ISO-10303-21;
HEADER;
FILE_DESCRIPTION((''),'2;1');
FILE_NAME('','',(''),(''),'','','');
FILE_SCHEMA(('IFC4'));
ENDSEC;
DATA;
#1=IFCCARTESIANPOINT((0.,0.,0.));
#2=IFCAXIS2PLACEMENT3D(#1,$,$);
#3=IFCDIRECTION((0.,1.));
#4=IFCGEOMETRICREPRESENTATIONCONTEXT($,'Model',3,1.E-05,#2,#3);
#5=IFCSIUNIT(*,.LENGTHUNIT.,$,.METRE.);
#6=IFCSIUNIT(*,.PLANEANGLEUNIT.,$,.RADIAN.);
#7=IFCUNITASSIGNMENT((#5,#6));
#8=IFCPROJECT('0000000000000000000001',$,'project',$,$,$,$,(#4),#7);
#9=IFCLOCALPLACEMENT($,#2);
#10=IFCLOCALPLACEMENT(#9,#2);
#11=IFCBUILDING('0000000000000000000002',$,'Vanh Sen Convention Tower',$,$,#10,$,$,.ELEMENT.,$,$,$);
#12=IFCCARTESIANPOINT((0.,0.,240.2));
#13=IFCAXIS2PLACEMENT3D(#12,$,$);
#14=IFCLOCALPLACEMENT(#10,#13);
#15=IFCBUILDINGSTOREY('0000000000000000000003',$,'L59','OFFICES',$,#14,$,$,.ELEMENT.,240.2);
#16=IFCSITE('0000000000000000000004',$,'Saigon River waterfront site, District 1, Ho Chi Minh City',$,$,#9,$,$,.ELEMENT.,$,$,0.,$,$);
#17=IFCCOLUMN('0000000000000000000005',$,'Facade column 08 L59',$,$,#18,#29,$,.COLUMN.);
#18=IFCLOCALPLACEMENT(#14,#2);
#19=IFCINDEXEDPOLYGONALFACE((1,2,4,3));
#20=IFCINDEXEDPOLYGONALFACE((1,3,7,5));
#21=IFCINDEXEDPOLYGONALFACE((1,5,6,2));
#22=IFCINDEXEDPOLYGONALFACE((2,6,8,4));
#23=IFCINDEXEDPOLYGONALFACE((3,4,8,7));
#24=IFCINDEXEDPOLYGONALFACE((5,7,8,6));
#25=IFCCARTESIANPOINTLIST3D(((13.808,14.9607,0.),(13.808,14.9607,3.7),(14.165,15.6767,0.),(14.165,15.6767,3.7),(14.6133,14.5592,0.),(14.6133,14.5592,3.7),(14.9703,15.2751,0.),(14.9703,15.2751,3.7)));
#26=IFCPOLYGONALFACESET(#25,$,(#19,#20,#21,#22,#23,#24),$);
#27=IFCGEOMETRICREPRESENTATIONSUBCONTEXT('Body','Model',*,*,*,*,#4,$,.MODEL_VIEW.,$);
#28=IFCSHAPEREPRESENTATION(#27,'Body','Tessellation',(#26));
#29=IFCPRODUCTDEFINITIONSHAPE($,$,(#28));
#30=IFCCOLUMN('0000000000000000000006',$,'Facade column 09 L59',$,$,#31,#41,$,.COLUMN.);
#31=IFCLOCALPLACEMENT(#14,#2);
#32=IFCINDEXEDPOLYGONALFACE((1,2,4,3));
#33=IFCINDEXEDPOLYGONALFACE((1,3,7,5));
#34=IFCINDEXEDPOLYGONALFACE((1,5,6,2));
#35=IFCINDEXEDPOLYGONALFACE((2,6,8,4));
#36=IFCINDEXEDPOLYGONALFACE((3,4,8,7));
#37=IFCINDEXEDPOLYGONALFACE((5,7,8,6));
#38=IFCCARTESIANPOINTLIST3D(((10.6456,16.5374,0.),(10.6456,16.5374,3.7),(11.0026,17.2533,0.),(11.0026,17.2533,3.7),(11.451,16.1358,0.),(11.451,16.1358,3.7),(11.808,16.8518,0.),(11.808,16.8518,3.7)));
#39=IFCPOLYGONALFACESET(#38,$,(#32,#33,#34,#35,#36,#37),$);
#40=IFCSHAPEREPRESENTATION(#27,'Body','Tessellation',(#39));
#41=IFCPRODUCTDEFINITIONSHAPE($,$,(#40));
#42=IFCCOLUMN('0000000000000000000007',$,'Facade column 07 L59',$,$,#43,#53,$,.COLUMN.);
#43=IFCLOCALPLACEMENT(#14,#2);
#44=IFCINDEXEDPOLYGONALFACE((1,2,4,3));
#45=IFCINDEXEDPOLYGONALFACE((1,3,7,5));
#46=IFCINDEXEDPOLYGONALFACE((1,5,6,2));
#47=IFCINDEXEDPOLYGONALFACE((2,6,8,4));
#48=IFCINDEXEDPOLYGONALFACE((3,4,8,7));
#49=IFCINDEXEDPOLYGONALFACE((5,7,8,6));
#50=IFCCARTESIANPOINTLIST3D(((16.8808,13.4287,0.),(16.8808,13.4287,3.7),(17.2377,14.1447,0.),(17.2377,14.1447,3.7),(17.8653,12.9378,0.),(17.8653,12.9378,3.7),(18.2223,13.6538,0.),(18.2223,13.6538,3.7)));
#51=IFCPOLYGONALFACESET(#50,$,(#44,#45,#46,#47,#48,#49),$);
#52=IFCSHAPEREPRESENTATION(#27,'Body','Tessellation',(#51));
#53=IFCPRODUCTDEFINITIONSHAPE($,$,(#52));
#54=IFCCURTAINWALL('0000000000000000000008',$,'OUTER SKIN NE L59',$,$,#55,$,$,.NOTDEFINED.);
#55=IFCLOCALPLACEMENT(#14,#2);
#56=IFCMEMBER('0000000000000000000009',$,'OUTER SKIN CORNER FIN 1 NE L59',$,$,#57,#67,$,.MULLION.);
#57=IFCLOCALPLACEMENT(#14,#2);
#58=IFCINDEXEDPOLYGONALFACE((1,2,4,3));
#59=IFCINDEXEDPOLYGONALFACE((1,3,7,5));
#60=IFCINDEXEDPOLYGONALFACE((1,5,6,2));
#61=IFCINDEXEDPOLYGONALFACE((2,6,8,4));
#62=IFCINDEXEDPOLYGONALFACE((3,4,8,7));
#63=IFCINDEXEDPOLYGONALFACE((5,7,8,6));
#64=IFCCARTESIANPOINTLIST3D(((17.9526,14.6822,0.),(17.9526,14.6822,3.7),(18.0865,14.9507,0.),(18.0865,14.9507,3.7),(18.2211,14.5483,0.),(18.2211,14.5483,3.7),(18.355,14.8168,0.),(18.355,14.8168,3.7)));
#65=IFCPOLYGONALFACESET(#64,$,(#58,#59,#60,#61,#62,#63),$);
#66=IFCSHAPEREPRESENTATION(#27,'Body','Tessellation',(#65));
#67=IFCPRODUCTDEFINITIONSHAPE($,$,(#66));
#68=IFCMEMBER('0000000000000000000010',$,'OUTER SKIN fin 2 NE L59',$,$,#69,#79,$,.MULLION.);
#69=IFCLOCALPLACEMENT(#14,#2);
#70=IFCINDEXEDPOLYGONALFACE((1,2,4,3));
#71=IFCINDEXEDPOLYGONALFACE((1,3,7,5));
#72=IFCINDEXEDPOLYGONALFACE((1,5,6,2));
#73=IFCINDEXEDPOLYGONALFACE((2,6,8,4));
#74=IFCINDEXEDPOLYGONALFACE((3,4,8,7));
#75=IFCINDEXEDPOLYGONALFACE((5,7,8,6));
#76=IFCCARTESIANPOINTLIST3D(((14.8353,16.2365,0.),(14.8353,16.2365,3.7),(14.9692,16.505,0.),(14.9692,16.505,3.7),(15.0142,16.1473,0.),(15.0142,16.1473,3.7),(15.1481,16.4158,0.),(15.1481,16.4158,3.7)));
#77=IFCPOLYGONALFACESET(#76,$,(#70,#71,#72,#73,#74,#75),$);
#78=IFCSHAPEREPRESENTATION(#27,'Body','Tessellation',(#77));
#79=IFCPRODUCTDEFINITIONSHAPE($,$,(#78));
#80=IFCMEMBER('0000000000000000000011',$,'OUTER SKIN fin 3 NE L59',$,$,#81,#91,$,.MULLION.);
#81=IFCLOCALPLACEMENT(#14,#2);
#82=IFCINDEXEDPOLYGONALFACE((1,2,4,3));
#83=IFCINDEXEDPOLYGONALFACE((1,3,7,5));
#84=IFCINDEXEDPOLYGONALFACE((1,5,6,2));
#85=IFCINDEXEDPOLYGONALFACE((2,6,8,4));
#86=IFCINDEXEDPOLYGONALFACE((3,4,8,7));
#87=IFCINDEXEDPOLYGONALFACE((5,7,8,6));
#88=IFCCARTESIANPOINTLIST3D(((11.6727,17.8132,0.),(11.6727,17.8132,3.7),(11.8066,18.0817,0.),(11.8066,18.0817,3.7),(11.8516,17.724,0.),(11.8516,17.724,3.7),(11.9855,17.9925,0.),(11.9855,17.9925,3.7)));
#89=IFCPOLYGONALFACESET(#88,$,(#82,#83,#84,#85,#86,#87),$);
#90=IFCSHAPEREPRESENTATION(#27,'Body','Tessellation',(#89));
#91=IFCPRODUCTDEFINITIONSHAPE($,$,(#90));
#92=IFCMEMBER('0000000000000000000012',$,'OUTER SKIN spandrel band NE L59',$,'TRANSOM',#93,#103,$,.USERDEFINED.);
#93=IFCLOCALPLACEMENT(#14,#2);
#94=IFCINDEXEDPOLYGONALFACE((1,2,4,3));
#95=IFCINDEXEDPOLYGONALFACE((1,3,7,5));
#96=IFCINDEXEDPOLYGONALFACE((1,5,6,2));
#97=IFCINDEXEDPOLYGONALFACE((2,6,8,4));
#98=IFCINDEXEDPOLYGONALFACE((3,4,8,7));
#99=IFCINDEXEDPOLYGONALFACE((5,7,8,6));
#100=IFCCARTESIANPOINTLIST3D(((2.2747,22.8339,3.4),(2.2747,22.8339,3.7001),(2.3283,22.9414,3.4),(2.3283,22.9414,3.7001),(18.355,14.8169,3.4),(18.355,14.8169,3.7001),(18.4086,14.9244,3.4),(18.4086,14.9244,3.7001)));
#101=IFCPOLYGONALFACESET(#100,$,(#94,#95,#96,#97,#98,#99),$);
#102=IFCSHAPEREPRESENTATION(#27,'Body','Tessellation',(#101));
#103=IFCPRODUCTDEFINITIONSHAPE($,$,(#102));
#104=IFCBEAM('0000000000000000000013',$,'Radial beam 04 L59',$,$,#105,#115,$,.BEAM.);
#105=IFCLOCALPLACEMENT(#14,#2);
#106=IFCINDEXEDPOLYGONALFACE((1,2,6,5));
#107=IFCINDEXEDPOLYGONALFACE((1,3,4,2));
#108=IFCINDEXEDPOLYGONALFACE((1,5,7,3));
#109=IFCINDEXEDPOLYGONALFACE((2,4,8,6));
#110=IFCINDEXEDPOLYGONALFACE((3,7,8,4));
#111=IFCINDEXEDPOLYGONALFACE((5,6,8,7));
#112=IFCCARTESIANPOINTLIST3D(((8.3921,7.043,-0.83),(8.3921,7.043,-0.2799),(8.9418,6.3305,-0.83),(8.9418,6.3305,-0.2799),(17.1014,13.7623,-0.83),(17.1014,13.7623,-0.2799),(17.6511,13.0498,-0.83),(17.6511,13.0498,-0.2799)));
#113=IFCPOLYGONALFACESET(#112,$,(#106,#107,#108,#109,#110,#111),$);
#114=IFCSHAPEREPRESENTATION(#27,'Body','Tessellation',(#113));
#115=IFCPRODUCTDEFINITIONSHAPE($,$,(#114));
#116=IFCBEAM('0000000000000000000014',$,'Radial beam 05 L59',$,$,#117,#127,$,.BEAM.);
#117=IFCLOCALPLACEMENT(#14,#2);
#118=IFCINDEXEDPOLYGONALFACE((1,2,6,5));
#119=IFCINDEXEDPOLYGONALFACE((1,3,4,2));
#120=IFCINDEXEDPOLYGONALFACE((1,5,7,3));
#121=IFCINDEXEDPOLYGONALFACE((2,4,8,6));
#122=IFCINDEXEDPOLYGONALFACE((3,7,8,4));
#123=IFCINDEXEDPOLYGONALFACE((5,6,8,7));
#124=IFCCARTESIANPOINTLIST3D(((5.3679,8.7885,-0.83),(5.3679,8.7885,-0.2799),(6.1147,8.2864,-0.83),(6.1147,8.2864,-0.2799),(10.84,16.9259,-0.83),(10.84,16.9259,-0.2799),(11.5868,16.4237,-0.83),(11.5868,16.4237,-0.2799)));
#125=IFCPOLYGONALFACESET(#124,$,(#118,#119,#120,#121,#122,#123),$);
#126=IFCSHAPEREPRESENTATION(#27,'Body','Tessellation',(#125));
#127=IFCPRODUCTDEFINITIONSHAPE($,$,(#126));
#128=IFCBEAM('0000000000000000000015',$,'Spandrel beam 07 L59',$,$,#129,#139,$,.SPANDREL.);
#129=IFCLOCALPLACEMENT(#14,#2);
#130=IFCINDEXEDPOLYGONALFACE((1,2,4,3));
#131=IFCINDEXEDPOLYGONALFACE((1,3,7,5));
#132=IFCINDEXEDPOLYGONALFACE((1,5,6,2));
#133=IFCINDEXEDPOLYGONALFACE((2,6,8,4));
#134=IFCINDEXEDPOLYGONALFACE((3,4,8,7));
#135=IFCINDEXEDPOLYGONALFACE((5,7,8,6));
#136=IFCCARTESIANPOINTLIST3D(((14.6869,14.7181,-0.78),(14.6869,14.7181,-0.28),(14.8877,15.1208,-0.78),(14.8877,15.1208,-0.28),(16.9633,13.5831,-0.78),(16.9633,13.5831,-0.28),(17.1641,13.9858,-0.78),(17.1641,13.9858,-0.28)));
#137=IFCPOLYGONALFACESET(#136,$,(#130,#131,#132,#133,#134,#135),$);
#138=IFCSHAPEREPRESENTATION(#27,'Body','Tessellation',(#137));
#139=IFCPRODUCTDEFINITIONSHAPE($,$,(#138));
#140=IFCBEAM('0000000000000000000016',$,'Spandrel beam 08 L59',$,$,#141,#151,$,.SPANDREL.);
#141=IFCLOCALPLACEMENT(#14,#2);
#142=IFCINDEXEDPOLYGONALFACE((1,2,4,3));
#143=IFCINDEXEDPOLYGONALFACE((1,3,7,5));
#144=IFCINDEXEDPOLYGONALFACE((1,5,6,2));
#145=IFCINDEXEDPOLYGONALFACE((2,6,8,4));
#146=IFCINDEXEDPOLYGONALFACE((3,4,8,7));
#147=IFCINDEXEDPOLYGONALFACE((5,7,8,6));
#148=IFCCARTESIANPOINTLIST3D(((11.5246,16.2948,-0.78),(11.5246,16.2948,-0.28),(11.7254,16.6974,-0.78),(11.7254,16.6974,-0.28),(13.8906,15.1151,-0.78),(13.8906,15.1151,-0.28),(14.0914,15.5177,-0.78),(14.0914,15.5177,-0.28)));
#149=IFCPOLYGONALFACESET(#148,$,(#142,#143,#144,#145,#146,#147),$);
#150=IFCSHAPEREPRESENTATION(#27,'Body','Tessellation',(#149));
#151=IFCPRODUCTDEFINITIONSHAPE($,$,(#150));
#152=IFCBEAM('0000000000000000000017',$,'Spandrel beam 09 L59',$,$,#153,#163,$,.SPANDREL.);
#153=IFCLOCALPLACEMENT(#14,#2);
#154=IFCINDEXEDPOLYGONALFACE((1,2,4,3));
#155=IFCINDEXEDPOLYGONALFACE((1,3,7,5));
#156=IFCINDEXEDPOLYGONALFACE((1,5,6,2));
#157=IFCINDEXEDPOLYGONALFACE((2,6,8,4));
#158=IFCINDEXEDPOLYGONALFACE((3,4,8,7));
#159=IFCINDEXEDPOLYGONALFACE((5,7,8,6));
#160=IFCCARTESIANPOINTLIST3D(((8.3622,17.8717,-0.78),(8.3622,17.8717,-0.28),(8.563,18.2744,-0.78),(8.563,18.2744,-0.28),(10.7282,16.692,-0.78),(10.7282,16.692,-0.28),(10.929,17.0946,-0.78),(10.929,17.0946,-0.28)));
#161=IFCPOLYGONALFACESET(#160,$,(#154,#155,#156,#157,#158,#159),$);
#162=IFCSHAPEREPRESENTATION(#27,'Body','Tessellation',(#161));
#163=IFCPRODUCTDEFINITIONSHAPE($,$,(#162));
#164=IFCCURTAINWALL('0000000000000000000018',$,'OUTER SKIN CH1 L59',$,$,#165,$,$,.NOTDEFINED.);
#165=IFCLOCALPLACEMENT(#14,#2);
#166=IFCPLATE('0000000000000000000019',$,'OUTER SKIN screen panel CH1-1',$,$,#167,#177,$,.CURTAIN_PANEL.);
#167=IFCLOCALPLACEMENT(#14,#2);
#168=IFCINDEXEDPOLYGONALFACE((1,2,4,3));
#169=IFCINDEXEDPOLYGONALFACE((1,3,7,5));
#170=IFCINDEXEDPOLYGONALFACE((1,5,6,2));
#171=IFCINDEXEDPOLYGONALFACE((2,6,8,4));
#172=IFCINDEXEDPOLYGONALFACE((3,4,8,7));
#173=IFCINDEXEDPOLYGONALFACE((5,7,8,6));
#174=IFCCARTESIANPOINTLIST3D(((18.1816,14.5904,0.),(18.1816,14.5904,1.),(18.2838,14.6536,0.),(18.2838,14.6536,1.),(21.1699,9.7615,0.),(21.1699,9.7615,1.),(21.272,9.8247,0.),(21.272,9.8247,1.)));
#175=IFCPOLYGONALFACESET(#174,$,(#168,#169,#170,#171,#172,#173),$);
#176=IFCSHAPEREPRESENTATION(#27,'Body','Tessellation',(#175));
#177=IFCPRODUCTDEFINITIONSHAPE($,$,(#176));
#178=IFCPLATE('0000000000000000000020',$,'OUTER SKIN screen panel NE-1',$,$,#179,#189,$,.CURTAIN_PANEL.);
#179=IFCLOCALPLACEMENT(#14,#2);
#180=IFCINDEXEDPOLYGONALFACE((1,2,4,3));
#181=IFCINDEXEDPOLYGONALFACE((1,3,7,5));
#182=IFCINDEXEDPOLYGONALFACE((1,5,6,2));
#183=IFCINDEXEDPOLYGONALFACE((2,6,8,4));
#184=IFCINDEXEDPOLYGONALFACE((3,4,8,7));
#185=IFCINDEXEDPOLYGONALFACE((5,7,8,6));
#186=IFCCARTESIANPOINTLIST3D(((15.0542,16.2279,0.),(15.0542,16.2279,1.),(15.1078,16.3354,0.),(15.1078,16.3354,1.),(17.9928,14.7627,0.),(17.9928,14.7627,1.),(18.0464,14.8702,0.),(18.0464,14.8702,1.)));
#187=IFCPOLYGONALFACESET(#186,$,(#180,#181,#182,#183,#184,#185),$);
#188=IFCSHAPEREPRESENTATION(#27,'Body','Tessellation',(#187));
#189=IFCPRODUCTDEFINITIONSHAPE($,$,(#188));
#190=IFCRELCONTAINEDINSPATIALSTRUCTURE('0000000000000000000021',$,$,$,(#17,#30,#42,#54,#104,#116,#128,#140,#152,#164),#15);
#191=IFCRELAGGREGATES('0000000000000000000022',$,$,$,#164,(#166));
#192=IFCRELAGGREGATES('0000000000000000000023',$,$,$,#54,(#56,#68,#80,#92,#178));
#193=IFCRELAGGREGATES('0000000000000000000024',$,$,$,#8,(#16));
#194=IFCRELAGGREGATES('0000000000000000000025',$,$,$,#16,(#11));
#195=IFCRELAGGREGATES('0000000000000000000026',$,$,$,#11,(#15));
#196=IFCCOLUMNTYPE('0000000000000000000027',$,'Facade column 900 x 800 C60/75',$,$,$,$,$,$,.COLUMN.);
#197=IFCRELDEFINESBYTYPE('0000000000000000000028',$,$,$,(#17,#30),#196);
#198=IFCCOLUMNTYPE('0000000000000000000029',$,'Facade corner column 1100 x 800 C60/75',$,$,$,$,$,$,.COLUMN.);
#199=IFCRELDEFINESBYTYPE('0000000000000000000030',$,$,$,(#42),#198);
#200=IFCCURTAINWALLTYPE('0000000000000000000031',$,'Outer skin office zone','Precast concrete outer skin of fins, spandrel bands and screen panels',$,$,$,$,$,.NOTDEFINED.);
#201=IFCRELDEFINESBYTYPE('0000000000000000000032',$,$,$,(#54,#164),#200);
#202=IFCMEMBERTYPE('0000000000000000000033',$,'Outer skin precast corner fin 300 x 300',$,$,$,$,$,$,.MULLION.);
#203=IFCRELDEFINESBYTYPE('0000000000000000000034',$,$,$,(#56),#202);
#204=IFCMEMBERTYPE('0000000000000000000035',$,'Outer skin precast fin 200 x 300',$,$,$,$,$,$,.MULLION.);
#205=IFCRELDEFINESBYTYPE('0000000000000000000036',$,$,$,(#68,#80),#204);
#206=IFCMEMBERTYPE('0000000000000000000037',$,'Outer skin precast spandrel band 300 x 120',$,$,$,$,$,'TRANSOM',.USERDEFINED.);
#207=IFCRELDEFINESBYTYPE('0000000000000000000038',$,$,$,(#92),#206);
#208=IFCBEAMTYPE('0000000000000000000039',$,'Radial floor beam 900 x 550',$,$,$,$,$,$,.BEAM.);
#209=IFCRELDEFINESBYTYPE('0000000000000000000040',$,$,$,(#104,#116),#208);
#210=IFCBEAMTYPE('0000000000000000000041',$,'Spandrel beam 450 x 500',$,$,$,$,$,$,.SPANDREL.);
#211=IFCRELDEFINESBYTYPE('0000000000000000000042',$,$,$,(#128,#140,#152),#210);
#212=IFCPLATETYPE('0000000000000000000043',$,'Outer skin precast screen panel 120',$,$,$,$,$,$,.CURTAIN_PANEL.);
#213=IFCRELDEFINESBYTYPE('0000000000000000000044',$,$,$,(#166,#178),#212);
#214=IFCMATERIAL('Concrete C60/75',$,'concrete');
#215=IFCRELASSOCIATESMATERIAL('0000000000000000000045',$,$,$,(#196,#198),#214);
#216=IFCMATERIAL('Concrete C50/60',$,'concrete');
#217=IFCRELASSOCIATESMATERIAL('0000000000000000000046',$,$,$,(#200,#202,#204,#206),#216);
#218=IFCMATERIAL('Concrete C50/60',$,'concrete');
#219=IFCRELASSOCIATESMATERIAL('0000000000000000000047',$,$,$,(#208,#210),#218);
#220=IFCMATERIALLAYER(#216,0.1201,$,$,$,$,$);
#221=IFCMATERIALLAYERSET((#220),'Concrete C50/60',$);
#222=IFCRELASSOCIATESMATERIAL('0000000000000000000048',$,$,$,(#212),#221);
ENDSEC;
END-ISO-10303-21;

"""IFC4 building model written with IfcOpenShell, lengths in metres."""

from ifc_helpers import new_model, si_unit, direction, frame, origin, origin_2d, place, context, subcontext, project, spatial, rectangle, extrude, material, layer, layer_set, material_profile, profile_set, type_object, element, aggregate, save


model = new_model("IFC4")

# Units and contexts
model_context = context("Model", 3, precision=1e-05, world=origin(), true_north=direction((0.0, 1.0)))
body_context = subcontext(model_context, "Body", "Model", "MODEL_VIEW")
ifc_project = project(units=[si_unit("LENGTHUNIT", "METRE"), si_unit("PLANEANGLEUNIT", "RADIAN")], contexts=[model_context])

# Site, building, storey
site_placement = place(None, origin())
site = spatial("IfcSite", under=ifc_project, at=site_placement, Name="Saigon River waterfront site, District 1, Ho Chi Minh City", CompositionType="ELEMENT", RefElevation=0.0)
building_placement = place(site_placement, origin())
building = spatial("IfcBuilding", under=site, at=building_placement, Name="Vanh Sen Convention Tower", CompositionType="ELEMENT")
storey_placement = place(building_placement, frame((0.0, 0.0, 240.2)))
storey = spatial("IfcBuildingStorey", under=building, at=storey_placement, Name="L59", Description="OFFICES", CompositionType="ELEMENT", Elevation=240.2)

# Columns
ifc_material_1 = material(Name="Concrete C60/75", Category="concrete")
ifc_material_profile_1 = material_profile(ifc_material_1, rectangle(XDim=0.8999, YDim=0.8, at=origin_2d()), Name="RC 900X800")
ifc_profile_set_1 = profile_set([ifc_material_profile_1], Name="Concrete C60/75")
column_type_1 = type_object("IfcColumnType", Name="Facade column 900 x 800 C60/75", PredefinedType="COLUMN", material=ifc_profile_set_1)
for number, where, z_axis, x_axis, name in (
    (1, (14.3892, 15.1179, 0.0), (0.0, 0.0, 1.0), (-0.894934, 0.446198, 0.0), "Facade column 08 L59"),
    (2, (11.2268, 16.6946, 0.0), (0.0, 0.0, 1.0), (-0.894934, 0.446198, 0.0), "Facade column 09 L59"),
):
    element("IfcColumn", number, at=place(storey_placement, frame(where, z_axis=z_axis, x_axis=x_axis)), inside=storey, type_object=column_type_1, Name=name, PredefinedType="COLUMN", context=body_context, shape_type="SweptSolid", body=[
        extrude(rectangle(XDim=0.8999, YDim=0.8, at=origin_2d()), origin(), (0.0, 0.0, 1.0), 3.7),
    ])
ifc_material_profile_2 = material_profile(ifc_material_1, rectangle(XDim=1.1001, YDim=0.8, at=origin_2d()), Name="RC 1100X800")
ifc_profile_set_2 = profile_set([ifc_material_profile_2], Name="Concrete C60/75")
column_type_2 = type_object("IfcColumnType", Name="Facade corner column 1100 x 800 C60/75", PredefinedType="COLUMN", material=ifc_profile_set_2)
column_placement = place(storey_placement, frame((17.5515, 13.5413, 0.0), z_axis=(0.0, 0.0, 1.0), x_axis=(-0.894934, 0.446198, 0.0)))
element("IfcColumn", 3, at=column_placement, inside=storey, type_object=column_type_2, Name="Facade column 07 L59", PredefinedType="COLUMN", context=body_context, shape_type="SweptSolid", body=[
    extrude(rectangle(XDim=1.1001, YDim=0.8, at=origin_2d()), origin(), (0.0, 0.0, 1.0), 3.7),
])

# Curtain wall, members
ifc_material_2 = material(Name="Concrete C50/60", Category="concrete")
curtain_wall_type = type_object("IfcCurtainWallType", Name="Outer skin office zone", Description="Precast concrete outer skin of fins, spandrel bands and screen panels", PredefinedType="NOTDEFINED", material=ifc_material_2)
curtain_wall_1_placement = place(storey_placement, origin())
curtain_wall_1 = element("IfcCurtainWall", 4, at=curtain_wall_1_placement, inside=storey, type_object=curtain_wall_type, Name="OUTER SKIN NE L59", PredefinedType="NOTDEFINED")
ifc_material_profile_3 = material_profile(ifc_material_2, rectangle(XDim=0.3, YDim=0.3, at=origin_2d()), Name="Outer skin precast corner fin 300 x 300")
ifc_profile_set_3 = profile_set([ifc_material_profile_3], Name="Concrete C50/60")
member_type_1 = type_object("IfcMemberType", Name="Outer skin precast corner fin 300 x 300", PredefinedType="MULLION", material=ifc_profile_set_3)
member_1_placement = place(storey_placement, frame((18.1538, 14.7495, 0.0), z_axis=(0.0, 0.0, 1.0), x_axis=(-0.894934, 0.446198, 0.0)))
member_1 = element("IfcMember", 5, at=member_1_placement, type_object=member_type_1, Name="OUTER SKIN CORNER FIN 1 NE L59", PredefinedType="MULLION", context=body_context, shape_type="SweptSolid", body=[
    extrude(rectangle(XDim=0.3, YDim=0.3, at=origin_2d()), origin(), (0.0, 0.0, 1.0), 3.7),
])
ifc_material_profile_4 = material_profile(ifc_material_2, rectangle(XDim=0.2, YDim=0.3, at=origin_2d()), Name="Outer skin precast fin 200 x 300")
ifc_profile_set_4 = profile_set([ifc_material_profile_4], Name="Concrete C50/60")
member_type_2 = type_object("IfcMemberType", Name="Outer skin precast fin 200 x 300", PredefinedType="MULLION", material=ifc_profile_set_4)
member_2_placement = place(storey_placement, frame((14.9917, 16.3262, 0.0), z_axis=(0.0, 0.0, 1.0), x_axis=(-0.894934, 0.446198, 0.0)))
member_2 = element("IfcMember", 6, at=member_2_placement, type_object=member_type_2, Name="OUTER SKIN fin 2 NE L59", PredefinedType="MULLION", context=body_context, shape_type="SweptSolid", body=[
    extrude(rectangle(XDim=0.2, YDim=0.3, at=origin_2d()), origin(), (0.0, 0.0, 1.0), 3.7),
])
member_3_placement = place(storey_placement, frame((11.8291, 17.9028, 0.0), z_axis=(0.0, 0.0, 1.0), x_axis=(-0.894934, 0.446198, 0.0)))
member_3 = element("IfcMember", 7, at=member_3_placement, type_object=member_type_2, Name="OUTER SKIN fin 3 NE L59", PredefinedType="MULLION", context=body_context, shape_type="SweptSolid", body=[
    extrude(rectangle(XDim=0.2, YDim=0.3, at=origin_2d()), origin(), (0.0, 0.0, 1.0), 3.7),
])
ifc_material_profile_5 = material_profile(ifc_material_2, rectangle(XDim=0.1201, YDim=0.3, at=origin_2d()), Name="Outer skin precast spandrel band 300 x 120")
ifc_profile_set_5 = profile_set([ifc_material_profile_5], Name="Concrete C50/60")
member_type_3 = type_object("IfcMemberType", Name="Outer skin precast spandrel band 300 x 120", ElementType="TRANSOM", PredefinedType="USERDEFINED", material=ifc_profile_set_5)
member_4_placement = place(storey_placement, frame((18.3818, 14.8706, 3.55), z_axis=(-0.89494, 0.446186, 0.0), x_axis=(-0.446186, -0.89494, 0.0)))
member_4 = element("IfcMember", 8, at=member_4_placement, type_object=member_type_3, Name="OUTER SKIN spandrel band NE L59", ObjectType="TRANSOM", PredefinedType="USERDEFINED", context=body_context, shape_type="SweptSolid", body=[
    extrude(rectangle(XDim=0.1201, YDim=0.3, at=origin_2d()), origin(), (0.0, 0.0, 1.0), 17.968),
])

# Beams
ifc_material_3 = material(Name="Concrete C50/60", Category="concrete")
ifc_material_profile_6 = material_profile(ifc_material_3, rectangle(XDim=0.8999, YDim=0.55, at=origin_2d()), Name="RC 900X550")
ifc_profile_set_6 = profile_set([ifc_material_profile_6], Name="Concrete C50/60")
beam_type_1 = type_object("IfcBeamType", Name="Radial floor beam 900 x 550", PredefinedType="BEAM", material=ifc_profile_set_6)
beam_1_placement = place(storey_placement, frame((17.3762, 13.406, -0.5549), z_axis=(-0.791752, -0.610843, 0.0), x_axis=(0.610843, -0.791752, 0.0)))
element("IfcBeam", 9, at=beam_1_placement, inside=storey, type_object=beam_type_1, Name="Radial beam 04 L59", PredefinedType="BEAM", context=body_context, shape_type="SweptSolid", body=[
    extrude(rectangle(XDim=0.8999, YDim=0.55, at=origin_2d()), origin(), (0.0, 0.0, 1.0), 11.0),
])
beam_2_placement = place(storey_placement, frame((11.2134, 16.6748, -0.5549), z_axis=(-0.558028, -0.829822, 0.0), x_axis=(0.829822, -0.558028, 0.0)))
element("IfcBeam", 10, at=beam_2_placement, inside=storey, type_object=beam_type_1, Name="Radial beam 05 L59", PredefinedType="BEAM", context=body_context, shape_type="SweptSolid", body=[
    extrude(rectangle(XDim=0.8999, YDim=0.55, at=origin_2d()), origin(), (0.0, 0.0, 1.0), 9.8062),
])
ifc_material_profile_7 = material_profile(ifc_material_3, rectangle(XDim=0.45, YDim=0.5, at=origin_2d()), Name="RC 450X500")
ifc_profile_set_7 = profile_set([ifc_material_profile_7], Name="Concrete C50/60")
beam_type_2 = type_object("IfcBeamType", Name="Spandrel beam 450 x 500", PredefinedType="SPANDREL", material=ifc_profile_set_7)
beam_3_placement = place(storey_placement, frame((17.0637, 13.7844, -0.53), z_axis=(-0.894926, 0.446215, 0.0), x_axis=(-0.446215, -0.894926, 0.0)))
element("IfcBeam", 11, at=beam_3_placement, inside=storey, type_object=beam_type_2, Name="Spandrel beam 07 L59", PredefinedType="SPANDREL", context=body_context, shape_type="SweptSolid", body=[
    extrude(rectangle(XDim=0.45, YDim=0.5, at=origin_2d()), origin(), (0.0, 0.0, 1.0), 2.5437),
])
for number, where, z_axis, x_axis, name in (
    (12, (13.991, 15.3164, -0.53), (-0.894925, 0.446216, 0.0), (-0.446216, -0.894925, 0.0), "Spandrel beam 08 L59"),
    (13, (10.8286, 16.8933, -0.53), (-0.894925, 0.446216, 0.0), (-0.446216, -0.894925, 0.0), "Spandrel beam 09 L59"),
):
    element("IfcBeam", number, at=place(storey_placement, frame(where, z_axis=z_axis, x_axis=x_axis)), inside=storey, type_object=beam_type_2, Name=name, PredefinedType="SPANDREL", context=body_context, shape_type="SweptSolid", body=[
        extrude(rectangle(XDim=0.45, YDim=0.5, at=origin_2d()), origin(), (0.0, 0.0, 1.0), 2.6438),
    ])

# Curtain wall, plate
curtain_wall_2_placement = place(storey_placement, origin())
curtain_wall_2 = element("IfcCurtainWall", 14, at=curtain_wall_2_placement, inside=storey, type_object=curtain_wall_type, Name="OUTER SKIN CH1 L59", PredefinedType="NOTDEFINED")
ifc_layer_1 = layer(ifc_material_2, 0.1201)
ifc_layer_set_1 = layer_set([ifc_layer_1], Name="Concrete C50/60")
plate_type = type_object("IfcPlateType", Name="Outer skin precast screen panel 120", PredefinedType="CURTAIN_PANEL", material=ifc_layer_set_1)
plate_1_placement = place(storey_placement, frame((19.7268, 12.2075, 0.0), z_axis=(0.0, 0.0, 1.0), x_axis=(-0.526217, 0.85035, 0.0)))
plate_1 = element("IfcPlate", 15, at=plate_1_placement, type_object=plate_type, Name="OUTER SKIN screen panel CH1-1", PredefinedType="CURTAIN_PANEL", context=body_context, shape_type="SweptSolid", body=[
    extrude(rectangle(XDim=5.6787, YDim=0.1201, at=origin_2d()), origin(), (0.0, 0.0, 1.0), 1.0),
])
aggregate(curtain_wall_2, [plate_1])

# Plate
plate_2_placement = place(storey_placement, frame((16.5503, 15.5491, 0.0), z_axis=(0.0, 0.0, 1.0), x_axis=(-0.89493, 0.446206, 0.0)))
plate_2 = element("IfcPlate", 16, at=plate_2_placement, type_object=plate_type, Name="OUTER SKIN screen panel NE-1", PredefinedType="CURTAIN_PANEL", context=body_context, shape_type="SweptSolid", body=[
    extrude(rectangle(XDim=3.2837, YDim=0.1201, at=origin_2d()), origin(), (0.0, 0.0, 1.0), 1.0),
])
aggregate(curtain_wall_1, [member_1, member_2, member_3, member_4, plate_2])

save(model, "model.ifc")
